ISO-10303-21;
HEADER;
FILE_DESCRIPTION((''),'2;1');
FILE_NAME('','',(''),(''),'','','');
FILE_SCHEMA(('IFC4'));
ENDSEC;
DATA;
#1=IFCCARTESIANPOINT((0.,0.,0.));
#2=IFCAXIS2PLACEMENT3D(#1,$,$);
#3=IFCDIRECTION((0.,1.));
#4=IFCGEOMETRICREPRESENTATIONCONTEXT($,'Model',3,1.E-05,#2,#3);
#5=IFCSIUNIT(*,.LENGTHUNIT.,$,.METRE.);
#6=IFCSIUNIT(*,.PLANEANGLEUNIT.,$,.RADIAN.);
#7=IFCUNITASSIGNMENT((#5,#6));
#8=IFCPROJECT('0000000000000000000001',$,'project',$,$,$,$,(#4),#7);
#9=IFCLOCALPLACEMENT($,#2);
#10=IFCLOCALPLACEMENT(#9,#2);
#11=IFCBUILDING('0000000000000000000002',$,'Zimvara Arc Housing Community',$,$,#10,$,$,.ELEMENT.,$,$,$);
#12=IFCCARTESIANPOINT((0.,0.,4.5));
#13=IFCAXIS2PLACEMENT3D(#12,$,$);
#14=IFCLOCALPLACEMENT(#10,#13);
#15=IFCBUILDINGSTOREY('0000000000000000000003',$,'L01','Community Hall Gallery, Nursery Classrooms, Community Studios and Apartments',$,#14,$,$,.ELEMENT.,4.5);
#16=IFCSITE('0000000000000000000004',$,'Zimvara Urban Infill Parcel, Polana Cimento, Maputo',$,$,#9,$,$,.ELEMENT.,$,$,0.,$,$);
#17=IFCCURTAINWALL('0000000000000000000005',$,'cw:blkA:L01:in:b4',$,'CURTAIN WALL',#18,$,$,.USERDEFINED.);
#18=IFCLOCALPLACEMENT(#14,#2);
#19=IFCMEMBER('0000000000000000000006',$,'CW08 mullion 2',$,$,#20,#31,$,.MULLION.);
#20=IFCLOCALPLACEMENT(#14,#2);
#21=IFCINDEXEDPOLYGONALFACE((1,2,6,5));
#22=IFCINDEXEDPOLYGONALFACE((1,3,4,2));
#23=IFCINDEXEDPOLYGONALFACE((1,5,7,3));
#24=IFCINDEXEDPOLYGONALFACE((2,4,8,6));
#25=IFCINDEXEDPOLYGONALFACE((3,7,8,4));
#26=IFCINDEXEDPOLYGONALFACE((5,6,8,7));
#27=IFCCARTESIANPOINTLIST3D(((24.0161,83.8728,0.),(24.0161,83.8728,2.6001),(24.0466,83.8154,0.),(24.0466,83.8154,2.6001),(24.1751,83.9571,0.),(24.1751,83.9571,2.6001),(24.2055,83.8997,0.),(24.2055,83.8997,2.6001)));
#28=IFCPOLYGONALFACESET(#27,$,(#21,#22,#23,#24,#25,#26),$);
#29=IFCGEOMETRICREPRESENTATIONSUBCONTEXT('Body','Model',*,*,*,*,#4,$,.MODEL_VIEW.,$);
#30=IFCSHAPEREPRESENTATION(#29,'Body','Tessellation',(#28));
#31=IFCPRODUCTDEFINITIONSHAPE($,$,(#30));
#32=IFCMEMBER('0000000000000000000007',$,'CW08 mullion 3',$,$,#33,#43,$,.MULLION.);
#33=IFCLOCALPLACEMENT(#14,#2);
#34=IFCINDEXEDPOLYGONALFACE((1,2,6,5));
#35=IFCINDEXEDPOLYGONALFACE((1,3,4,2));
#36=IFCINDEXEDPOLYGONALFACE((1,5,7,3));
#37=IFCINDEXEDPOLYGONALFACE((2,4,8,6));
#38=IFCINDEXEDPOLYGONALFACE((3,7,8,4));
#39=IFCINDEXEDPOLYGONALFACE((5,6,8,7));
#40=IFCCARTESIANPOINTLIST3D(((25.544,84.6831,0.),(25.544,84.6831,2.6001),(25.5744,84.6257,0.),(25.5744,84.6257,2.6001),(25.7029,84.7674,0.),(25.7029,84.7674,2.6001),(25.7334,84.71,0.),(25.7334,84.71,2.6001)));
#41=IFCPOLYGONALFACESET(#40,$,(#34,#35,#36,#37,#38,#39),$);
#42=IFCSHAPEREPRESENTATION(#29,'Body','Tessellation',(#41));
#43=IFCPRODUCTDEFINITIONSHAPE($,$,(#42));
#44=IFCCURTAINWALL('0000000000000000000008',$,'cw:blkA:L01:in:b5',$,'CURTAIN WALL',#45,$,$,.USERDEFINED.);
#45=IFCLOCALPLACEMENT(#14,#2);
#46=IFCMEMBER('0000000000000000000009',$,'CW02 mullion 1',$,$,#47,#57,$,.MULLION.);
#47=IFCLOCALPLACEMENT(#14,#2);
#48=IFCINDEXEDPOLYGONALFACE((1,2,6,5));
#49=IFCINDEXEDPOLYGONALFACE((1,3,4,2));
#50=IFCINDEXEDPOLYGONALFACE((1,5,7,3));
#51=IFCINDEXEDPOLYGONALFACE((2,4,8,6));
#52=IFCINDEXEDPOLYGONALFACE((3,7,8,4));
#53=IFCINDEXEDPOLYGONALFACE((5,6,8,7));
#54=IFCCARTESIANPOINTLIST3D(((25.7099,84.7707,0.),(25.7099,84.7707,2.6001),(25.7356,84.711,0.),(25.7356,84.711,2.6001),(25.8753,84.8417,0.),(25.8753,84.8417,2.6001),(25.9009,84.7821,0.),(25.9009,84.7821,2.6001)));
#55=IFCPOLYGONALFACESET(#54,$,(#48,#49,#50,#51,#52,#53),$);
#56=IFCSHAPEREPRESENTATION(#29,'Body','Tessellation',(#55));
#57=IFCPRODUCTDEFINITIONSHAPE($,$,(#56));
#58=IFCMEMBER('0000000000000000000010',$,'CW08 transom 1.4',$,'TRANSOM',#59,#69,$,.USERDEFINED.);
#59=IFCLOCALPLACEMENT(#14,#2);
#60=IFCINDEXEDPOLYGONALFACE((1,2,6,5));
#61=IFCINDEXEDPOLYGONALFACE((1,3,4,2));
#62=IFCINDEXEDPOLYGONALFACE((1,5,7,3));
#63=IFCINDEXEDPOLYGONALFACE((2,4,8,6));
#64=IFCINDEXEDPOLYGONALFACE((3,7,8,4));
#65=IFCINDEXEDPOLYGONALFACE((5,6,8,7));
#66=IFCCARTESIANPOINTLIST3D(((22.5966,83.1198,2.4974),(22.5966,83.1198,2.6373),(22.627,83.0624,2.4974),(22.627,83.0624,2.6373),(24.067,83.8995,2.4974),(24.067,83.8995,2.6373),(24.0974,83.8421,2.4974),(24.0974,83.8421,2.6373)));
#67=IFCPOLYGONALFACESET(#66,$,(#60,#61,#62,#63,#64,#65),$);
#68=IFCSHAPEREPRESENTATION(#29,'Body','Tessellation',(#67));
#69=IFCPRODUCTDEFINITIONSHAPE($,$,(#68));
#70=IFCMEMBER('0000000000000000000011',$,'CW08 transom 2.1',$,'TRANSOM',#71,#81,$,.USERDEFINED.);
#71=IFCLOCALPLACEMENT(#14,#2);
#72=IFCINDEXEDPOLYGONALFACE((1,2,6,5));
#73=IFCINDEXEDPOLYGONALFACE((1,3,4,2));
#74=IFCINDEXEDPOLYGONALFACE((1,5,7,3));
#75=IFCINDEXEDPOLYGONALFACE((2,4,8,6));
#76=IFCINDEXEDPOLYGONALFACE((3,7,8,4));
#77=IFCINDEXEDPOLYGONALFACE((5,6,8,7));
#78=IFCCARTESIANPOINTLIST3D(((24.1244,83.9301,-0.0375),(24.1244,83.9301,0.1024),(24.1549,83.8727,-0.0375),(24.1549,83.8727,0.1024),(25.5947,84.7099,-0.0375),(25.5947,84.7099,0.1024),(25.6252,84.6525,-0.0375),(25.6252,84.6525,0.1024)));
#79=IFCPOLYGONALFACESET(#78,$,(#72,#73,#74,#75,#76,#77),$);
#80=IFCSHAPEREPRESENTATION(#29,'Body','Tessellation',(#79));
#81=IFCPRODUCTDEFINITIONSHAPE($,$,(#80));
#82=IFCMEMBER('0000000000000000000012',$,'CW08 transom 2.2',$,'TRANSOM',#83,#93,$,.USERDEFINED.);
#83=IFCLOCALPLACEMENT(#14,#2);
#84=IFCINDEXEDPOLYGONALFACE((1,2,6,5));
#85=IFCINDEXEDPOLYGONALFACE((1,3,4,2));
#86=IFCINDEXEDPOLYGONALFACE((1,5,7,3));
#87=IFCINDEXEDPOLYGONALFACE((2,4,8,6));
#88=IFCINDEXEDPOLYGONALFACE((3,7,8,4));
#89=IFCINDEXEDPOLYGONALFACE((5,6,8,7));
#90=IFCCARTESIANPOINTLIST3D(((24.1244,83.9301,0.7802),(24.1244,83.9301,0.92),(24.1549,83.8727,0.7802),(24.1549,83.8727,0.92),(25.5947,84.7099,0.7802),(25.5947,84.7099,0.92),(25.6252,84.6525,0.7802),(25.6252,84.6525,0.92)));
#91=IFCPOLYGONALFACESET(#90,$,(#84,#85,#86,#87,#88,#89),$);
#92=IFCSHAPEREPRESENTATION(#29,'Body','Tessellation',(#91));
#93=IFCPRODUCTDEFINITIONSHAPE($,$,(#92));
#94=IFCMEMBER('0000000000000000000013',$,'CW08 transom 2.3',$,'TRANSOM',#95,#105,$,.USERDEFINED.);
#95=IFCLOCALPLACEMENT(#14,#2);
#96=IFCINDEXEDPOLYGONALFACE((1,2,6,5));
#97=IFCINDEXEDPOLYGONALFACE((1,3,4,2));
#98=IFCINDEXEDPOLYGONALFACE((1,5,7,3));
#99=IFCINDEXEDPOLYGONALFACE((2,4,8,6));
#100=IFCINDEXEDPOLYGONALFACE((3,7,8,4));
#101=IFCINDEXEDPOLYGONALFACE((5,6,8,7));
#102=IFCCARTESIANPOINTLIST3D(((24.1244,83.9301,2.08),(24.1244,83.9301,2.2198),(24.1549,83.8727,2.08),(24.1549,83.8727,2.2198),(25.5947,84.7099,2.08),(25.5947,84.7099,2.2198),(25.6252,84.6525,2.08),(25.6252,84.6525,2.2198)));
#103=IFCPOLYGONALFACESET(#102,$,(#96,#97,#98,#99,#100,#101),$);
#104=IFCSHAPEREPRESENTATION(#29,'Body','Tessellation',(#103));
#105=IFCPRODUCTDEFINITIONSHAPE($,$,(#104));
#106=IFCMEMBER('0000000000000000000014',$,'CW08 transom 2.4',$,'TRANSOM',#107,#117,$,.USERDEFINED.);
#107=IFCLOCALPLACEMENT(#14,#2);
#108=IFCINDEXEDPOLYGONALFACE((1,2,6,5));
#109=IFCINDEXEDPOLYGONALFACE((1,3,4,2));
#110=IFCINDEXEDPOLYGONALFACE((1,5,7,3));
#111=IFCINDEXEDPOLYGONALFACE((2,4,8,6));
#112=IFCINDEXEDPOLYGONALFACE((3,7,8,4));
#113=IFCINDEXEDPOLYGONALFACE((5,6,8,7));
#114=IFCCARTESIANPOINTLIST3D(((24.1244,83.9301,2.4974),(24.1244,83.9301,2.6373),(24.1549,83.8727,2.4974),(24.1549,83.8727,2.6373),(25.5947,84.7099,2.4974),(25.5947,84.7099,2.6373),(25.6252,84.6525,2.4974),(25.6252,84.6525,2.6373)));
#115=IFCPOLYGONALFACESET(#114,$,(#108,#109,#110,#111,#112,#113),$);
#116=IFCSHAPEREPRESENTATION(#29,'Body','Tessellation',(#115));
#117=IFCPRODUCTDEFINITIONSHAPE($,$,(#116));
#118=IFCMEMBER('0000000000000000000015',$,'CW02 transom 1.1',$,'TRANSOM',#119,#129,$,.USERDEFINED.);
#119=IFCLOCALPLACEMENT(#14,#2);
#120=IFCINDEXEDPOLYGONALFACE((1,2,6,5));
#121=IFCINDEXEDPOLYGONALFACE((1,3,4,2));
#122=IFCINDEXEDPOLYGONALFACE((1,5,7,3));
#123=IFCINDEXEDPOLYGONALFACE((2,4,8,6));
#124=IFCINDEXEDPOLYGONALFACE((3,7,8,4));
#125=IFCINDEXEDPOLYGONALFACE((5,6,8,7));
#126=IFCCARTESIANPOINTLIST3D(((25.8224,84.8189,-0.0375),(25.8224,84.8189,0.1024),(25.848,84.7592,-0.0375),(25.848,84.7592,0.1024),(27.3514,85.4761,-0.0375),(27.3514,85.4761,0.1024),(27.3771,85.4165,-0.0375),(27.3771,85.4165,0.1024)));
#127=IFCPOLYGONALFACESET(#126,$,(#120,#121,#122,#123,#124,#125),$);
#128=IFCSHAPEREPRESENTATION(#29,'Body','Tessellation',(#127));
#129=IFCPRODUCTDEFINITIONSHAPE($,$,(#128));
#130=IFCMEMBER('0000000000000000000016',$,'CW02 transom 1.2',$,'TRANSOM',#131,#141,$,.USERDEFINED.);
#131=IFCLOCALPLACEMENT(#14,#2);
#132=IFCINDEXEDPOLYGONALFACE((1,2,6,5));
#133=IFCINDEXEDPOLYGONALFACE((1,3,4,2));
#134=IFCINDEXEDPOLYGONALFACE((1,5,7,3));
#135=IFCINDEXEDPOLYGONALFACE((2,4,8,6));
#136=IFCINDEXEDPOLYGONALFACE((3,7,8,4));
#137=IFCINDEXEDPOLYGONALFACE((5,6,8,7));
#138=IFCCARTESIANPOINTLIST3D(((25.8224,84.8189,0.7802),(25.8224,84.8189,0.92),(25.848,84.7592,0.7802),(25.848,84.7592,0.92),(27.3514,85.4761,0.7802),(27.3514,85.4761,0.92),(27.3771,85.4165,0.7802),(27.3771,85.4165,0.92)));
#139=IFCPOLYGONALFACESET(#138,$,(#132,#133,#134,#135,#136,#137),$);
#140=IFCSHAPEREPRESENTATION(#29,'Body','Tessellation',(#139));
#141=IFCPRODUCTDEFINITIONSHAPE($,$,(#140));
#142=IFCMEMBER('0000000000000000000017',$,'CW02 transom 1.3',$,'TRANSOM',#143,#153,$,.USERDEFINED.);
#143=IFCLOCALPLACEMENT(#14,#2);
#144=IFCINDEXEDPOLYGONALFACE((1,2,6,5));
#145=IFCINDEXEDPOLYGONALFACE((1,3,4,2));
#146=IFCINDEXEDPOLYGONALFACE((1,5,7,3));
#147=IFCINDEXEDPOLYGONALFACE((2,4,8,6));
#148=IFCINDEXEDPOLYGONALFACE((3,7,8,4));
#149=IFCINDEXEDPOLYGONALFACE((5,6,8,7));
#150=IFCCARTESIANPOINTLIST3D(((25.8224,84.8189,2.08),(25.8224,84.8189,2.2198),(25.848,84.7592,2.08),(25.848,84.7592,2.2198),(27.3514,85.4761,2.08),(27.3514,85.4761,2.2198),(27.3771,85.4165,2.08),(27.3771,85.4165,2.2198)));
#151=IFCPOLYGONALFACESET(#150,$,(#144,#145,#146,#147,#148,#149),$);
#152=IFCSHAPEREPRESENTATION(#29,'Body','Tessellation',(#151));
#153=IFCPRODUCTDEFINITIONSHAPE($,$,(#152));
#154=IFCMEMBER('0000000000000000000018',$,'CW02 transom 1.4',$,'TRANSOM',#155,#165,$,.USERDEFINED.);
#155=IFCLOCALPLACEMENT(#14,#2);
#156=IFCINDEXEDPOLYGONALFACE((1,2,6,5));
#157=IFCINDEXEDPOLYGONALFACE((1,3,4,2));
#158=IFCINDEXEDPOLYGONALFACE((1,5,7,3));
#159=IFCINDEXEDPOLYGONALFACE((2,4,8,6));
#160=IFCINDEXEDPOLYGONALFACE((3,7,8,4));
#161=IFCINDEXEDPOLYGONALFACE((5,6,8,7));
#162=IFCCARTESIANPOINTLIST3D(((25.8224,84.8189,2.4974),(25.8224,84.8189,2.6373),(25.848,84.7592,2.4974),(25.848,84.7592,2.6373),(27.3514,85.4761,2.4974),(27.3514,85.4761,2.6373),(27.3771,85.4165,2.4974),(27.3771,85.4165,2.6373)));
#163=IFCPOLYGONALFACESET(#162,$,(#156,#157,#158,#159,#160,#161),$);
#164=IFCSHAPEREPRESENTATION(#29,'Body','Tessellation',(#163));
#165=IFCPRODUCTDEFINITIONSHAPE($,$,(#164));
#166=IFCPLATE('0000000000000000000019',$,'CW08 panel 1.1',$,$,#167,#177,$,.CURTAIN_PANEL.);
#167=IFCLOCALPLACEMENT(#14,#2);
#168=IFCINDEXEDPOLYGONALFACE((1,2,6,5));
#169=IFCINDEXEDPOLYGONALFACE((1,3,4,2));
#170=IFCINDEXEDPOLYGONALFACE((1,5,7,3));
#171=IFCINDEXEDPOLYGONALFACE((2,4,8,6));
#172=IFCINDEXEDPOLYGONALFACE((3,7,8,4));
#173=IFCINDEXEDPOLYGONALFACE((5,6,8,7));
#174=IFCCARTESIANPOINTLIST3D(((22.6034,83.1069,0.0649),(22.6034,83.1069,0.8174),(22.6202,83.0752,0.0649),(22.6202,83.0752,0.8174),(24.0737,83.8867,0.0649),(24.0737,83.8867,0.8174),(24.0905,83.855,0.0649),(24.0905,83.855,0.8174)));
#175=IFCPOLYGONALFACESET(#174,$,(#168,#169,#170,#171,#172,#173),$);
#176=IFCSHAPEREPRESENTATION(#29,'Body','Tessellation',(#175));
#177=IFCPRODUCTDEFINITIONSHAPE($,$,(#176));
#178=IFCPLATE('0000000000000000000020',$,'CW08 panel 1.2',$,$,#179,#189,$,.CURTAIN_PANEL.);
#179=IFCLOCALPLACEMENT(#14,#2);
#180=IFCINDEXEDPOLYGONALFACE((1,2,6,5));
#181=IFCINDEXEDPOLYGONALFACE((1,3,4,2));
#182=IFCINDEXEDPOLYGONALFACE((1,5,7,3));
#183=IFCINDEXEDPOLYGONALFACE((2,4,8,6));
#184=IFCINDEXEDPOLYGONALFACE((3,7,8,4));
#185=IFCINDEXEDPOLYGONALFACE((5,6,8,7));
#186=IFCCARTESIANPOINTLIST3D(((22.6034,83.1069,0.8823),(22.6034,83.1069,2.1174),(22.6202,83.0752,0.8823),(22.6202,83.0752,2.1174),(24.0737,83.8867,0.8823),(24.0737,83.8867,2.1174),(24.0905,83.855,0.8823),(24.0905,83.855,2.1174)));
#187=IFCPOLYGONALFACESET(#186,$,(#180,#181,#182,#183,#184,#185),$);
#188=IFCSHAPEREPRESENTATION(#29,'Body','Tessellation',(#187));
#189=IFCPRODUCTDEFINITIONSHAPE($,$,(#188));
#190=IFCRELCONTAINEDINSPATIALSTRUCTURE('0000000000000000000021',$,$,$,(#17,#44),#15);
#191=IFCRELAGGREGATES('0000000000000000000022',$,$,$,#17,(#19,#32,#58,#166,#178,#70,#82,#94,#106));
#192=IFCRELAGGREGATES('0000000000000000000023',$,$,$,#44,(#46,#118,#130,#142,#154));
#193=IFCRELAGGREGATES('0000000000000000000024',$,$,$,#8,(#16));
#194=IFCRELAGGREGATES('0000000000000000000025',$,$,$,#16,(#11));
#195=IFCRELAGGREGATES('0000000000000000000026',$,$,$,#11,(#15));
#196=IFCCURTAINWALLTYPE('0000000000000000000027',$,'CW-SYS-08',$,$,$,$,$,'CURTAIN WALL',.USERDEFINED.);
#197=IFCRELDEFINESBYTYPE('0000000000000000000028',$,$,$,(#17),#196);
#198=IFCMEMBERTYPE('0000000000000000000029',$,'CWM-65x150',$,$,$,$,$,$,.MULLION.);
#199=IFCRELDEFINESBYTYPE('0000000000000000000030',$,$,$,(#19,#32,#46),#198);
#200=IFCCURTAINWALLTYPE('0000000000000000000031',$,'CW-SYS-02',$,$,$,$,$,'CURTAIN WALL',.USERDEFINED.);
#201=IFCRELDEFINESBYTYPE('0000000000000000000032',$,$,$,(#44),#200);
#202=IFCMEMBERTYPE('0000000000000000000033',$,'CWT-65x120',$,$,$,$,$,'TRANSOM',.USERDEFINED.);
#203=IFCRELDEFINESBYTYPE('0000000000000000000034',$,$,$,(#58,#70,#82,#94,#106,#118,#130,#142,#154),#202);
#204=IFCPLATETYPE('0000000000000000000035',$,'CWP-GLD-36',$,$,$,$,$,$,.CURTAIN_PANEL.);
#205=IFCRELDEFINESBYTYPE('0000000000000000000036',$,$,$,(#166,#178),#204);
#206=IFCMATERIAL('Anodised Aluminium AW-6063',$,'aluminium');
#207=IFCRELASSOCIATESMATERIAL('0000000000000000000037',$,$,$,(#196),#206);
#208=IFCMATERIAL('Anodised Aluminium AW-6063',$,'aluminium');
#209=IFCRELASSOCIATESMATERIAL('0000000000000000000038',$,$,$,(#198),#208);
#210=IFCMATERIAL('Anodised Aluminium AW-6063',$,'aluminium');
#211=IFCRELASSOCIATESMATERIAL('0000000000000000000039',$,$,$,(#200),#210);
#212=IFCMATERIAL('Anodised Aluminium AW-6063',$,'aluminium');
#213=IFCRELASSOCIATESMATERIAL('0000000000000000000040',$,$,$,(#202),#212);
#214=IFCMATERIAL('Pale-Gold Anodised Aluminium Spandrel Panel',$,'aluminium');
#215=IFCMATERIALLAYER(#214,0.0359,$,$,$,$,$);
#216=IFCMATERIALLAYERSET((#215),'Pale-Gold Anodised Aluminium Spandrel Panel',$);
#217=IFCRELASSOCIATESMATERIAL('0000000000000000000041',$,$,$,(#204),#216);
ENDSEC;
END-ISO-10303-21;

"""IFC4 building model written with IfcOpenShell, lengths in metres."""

from ifc_helpers import new_model, si_unit, direction, frame, origin, origin_2d, place, context, subcontext, project, spatial, rectangle, extrude, material, layer, layer_set, material_profile, profile_set, type_object, element, aggregate, save


model = new_model("IFC4")

# Units and contexts
model_context = context("Model", 3, precision=1e-05, world=origin(), true_north=direction((0.0, 1.0)))
body_context = subcontext(model_context, "Body", "Model", "MODEL_VIEW")
ifc_project = project(units=[si_unit("LENGTHUNIT", "METRE"), si_unit("PLANEANGLEUNIT", "RADIAN")], contexts=[model_context])

# Site, building, storey
site_placement = place(None, origin())
site = spatial("IfcSite", under=ifc_project, at=site_placement, Name="Zimvara Urban Infill Parcel, Polana Cimento, Maputo", CompositionType="ELEMENT", RefElevation=0.0)
building_placement = place(site_placement, origin())
building = spatial("IfcBuilding", under=site, at=building_placement, Name="Zimvara Arc Housing Community", CompositionType="ELEMENT")
storey_placement = place(building_placement, frame((0.0, 0.0, 4.5)))
storey = spatial("IfcBuildingStorey", under=building, at=storey_placement, Name="L01", Description="Community Hall Gallery, Nursery Classrooms, Community Studios and Apartments", CompositionType="ELEMENT", Elevation=4.5)

# Curtain wall, members
ifc_material_1 = material(Name="Anodised Aluminium AW-6063", Category="aluminium")
curtain_wall_type_1 = type_object("IfcCurtainWallType", Name="CW-SYS-08", ElementType="CURTAIN WALL", PredefinedType="USERDEFINED", material=ifc_material_1)
curtain_wall_1_placement = place(storey_placement, origin())
curtain_wall_1 = element("IfcCurtainWall", 1, at=curtain_wall_1_placement, inside=storey, type_object=curtain_wall_type_1, Name="cw:blkA:L01:in:b4", ObjectType="CURTAIN WALL", PredefinedType="USERDEFINED")
ifc_material_2 = material(Name="Anodised Aluminium AW-6063", Category="aluminium")
ifc_material_profile_1 = material_profile(ifc_material_2, rectangle(XDim=0.0649, YDim=0.1799, at=origin_2d()), Name="ALU 65x180")
ifc_profile_set_1 = profile_set([ifc_material_profile_1], Name="Anodised Aluminium AW-6063")
member_type_1 = type_object("IfcMemberType", Name="CWM-65x150", PredefinedType="MULLION", material=ifc_profile_set_1)
member_1_placement = place(storey_placement, frame((24.1108, 83.8862, 0.0), z_axis=(0.0, 0.0, 1.0), x_axis=(-0.468545, 0.88344, 0.0)))
member_1 = element("IfcMember", 2, at=member_1_placement, type_object=member_type_1, Name="CW08 mullion 2", PredefinedType="MULLION", context=body_context, shape_type="SweptSolid", body=[
    extrude(rectangle(XDim=0.0649, YDim=0.1799, at=origin_2d()), origin(), (0.0, 0.0, 1.0), 2.6001),
])
member_2_placement = place(storey_placement, frame((25.6387, 84.6965, 0.0), z_axis=(0.0, 0.0, 1.0), x_axis=(-0.468545, 0.88344, 0.0)))
member_2 = element("IfcMember", 3, at=member_2_placement, type_object=member_type_1, Name="CW08 mullion 3", PredefinedType="MULLION", context=body_context, shape_type="SweptSolid", body=[
    extrude(rectangle(XDim=0.0649, YDim=0.1799, at=origin_2d()), origin(), (0.0, 0.0, 1.0), 2.6001),
])

# Curtain wall, member
ifc_material_3 = material(Name="Anodised Aluminium AW-6063", Category="aluminium")
curtain_wall_type_2 = type_object("IfcCurtainWallType", Name="CW-SYS-02", ElementType="CURTAIN WALL", PredefinedType="USERDEFINED", material=ifc_material_3)
curtain_wall_2_placement = place(storey_placement, origin())
curtain_wall_2 = element("IfcCurtainWall", 4, at=curtain_wall_2_placement, inside=storey, type_object=curtain_wall_type_2, Name="cw:blkA:L01:in:b5", ObjectType="CURTAIN WALL", PredefinedType="USERDEFINED")
member_3_placement = place(storey_placement, frame((25.8054, 84.7764, 0.0), z_axis=(0.0, 0.0, 1.0), x_axis=(-0.394904, 0.918722, 0.0)))
member_3 = element("IfcMember", 5, at=member_3_placement, type_object=member_type_1, Name="CW02 mullion 1", PredefinedType="MULLION", context=body_context, shape_type="SweptSolid", body=[
    extrude(rectangle(XDim=0.0649, YDim=0.1799, at=origin_2d()), origin(), (0.0, 0.0, 1.0), 2.6001),
])

# Members
ifc_material_4 = material(Name="Anodised Aluminium AW-6063", Category="aluminium")
ifc_material_profile_2 = material_profile(ifc_material_4, rectangle(XDim=0.0649, YDim=0.1399, at=origin_2d()), Name="ALU 65x140")
ifc_profile_set_2 = profile_set([ifc_material_profile_2], Name="Anodised Aluminium AW-6063")
member_type_2 = type_object("IfcMemberType", Name="CWT-65x120", ElementType="TRANSOM", PredefinedType="USERDEFINED", material=ifc_profile_set_2)
member_4_placement = place(storey_placement, frame((22.6118, 83.0911, 2.5674), z_axis=(0.883463, 0.468501, 0.0), x_axis=(-0.468501, 0.883463, 0.0)))
member_4 = element("IfcMember", 6, at=member_4_placement, type_object=member_type_2, Name="CW08 transom 1.4", ObjectType="TRANSOM", PredefinedType="USERDEFINED", context=body_context, shape_type="SweptSolid", body=[
    extrude(rectangle(XDim=0.0649, YDim=0.1399, at=origin_2d()), origin(), (0.0, 0.0, 1.0), 1.6643),
])
member_5_placement = place(storey_placement, frame((24.1396, 83.9014, 0.0325), z_axis=(0.883431, 0.468562, 0.0), x_axis=(-0.468562, 0.883431, 0.0)))
member_5 = element("IfcMember", 7, at=member_5_placement, type_object=member_type_2, Name="CW08 transom 2.1", ObjectType="TRANSOM", PredefinedType="USERDEFINED", context=body_context, shape_type="SweptSolid", body=[
    extrude(rectangle(XDim=0.0649, YDim=0.1399, at=origin_2d()), origin(), (0.0, 0.0, 1.0), 1.6643),
])
member_6_placement = place(storey_placement, frame((24.1396, 83.9014, 0.8501), z_axis=(0.883431, 0.468562, 0.0), x_axis=(-0.468562, 0.883431, 0.0)))
member_6 = element("IfcMember", 8, at=member_6_placement, type_object=member_type_2, Name="CW08 transom 2.2", ObjectType="TRANSOM", PredefinedType="USERDEFINED", context=body_context, shape_type="SweptSolid", body=[
    extrude(rectangle(XDim=0.0649, YDim=0.1399, at=origin_2d()), origin(), (0.0, 0.0, 1.0), 1.6643),
])
member_7_placement = place(storey_placement, frame((24.1396, 83.9014, 2.1499), z_axis=(0.883431, 0.468562, 0.0), x_axis=(-0.468562, 0.883431, 0.0)))
member_7 = element("IfcMember", 9, at=member_7_placement, type_object=member_type_2, Name="CW08 transom 2.3", ObjectType="TRANSOM", PredefinedType="USERDEFINED", context=body_context, shape_type="SweptSolid", body=[
    extrude(rectangle(XDim=0.0649, YDim=0.1399, at=origin_2d()), origin(), (0.0, 0.0, 1.0), 1.6643),
])
member_8_placement = place(storey_placement, frame((24.1396, 83.9014, 2.5674), z_axis=(0.883431, 0.468562, 0.0), x_axis=(-0.468562, 0.883431, 0.0)))
member_8 = element("IfcMember", 10, at=member_8_placement, type_object=member_type_2, Name="CW08 transom 2.4", ObjectType="TRANSOM", PredefinedType="USERDEFINED", context=body_context, shape_type="SweptSolid", body=[
    extrude(rectangle(XDim=0.0649, YDim=0.1399, at=origin_2d()), origin(), (0.0, 0.0, 1.0), 1.6643),
])
member_9_placement = place(storey_placement, frame((25.8352, 84.7891, 0.0325), z_axis=(0.918727, 0.394893, 0.0), x_axis=(-0.394893, 0.918727, 0.0)))
member_9 = element("IfcMember", 11, at=member_9_placement, type_object=member_type_2, Name="CW02 transom 1.1", ObjectType="TRANSOM", PredefinedType="USERDEFINED", context=body_context, shape_type="SweptSolid", body=[
    extrude(rectangle(XDim=0.0649, YDim=0.1399, at=origin_2d()), origin(), (0.0, 0.0, 1.0), 1.6643),
])
member_10_placement = place(storey_placement, frame((25.8352, 84.7891, 0.8501), z_axis=(0.918727, 0.394893, 0.0), x_axis=(-0.394893, 0.918727, 0.0)))
member_10 = element("IfcMember", 12, at=member_10_placement, type_object=member_type_2, Name="CW02 transom 1.2", ObjectType="TRANSOM", PredefinedType="USERDEFINED", context=body_context, shape_type="SweptSolid", body=[
    extrude(rectangle(XDim=0.0649, YDim=0.1399, at=origin_2d()), origin(), (0.0, 0.0, 1.0), 1.6643),
])
member_11_placement = place(storey_placement, frame((25.8352, 84.7891, 2.1499), z_axis=(0.918727, 0.394893, 0.0), x_axis=(-0.394893, 0.918727, 0.0)))
member_11 = element("IfcMember", 13, at=member_11_placement, type_object=member_type_2, Name="CW02 transom 1.3", ObjectType="TRANSOM", PredefinedType="USERDEFINED", context=body_context, shape_type="SweptSolid", body=[
    extrude(rectangle(XDim=0.0649, YDim=0.1399, at=origin_2d()), origin(), (0.0, 0.0, 1.0), 1.6643),
])
member_12_placement = place(storey_placement, frame((25.8352, 84.7891, 2.5674), z_axis=(0.918727, 0.394893, 0.0), x_axis=(-0.394893, 0.918727, 0.0)))
member_12 = element("IfcMember", 14, at=member_12_placement, type_object=member_type_2, Name="CW02 transom 1.4", ObjectType="TRANSOM", PredefinedType="USERDEFINED", context=body_context, shape_type="SweptSolid", body=[
    extrude(rectangle(XDim=0.0649, YDim=0.1399, at=origin_2d()), origin(), (0.0, 0.0, 1.0), 1.6643),
])

# Plates
ifc_material_5 = material(Name="Pale-Gold Anodised Aluminium Spandrel Panel", Category="aluminium")
ifc_layer_1 = layer(ifc_material_5, 0.0359)
ifc_layer_set_1 = layer_set([ifc_layer_1], Name="Pale-Gold Anodised Aluminium Spandrel Panel")
plate_type_1 = type_object("IfcPlateType", Name="CWP-GLD-36", PredefinedType="CURTAIN_PANEL", material=ifc_layer_set_1)
plate_1_placement = place(storey_placement, frame((23.3469, 83.481, 0.0649), z_axis=(0.0, 0.0, 1.0), x_axis=(0.88344, 0.468545, 0.0)))
plate_1 = element("IfcPlate", 15, at=plate_1_placement, type_object=plate_type_1, Name="CW08 panel 1.1", PredefinedType="CURTAIN_PANEL", context=body_context, shape_type="SweptSolid", body=[
    extrude(rectangle(XDim=1.6643, YDim=0.0359, at=origin_2d()), origin(), (0.0, 0.0, 1.0), 0.7524),
])
plate_2_placement = place(storey_placement, frame((23.3469, 83.481, 0.8823), z_axis=(0.0, 0.0, 1.0), x_axis=(0.88344, 0.468545, 0.0)))
plate_2 = element("IfcPlate", 16, at=plate_2_placement, type_object=plate_type_1, Name="CW08 panel 1.2", PredefinedType="CURTAIN_PANEL", context=body_context, shape_type="SweptSolid", body=[
    extrude(rectangle(XDim=1.6643, YDim=0.0359, at=origin_2d()), origin(), (0.0, 0.0, 1.0), 1.2351),
])
aggregate(curtain_wall_1, [member_1, member_2, member_4, plate_1, plate_2, member_5, member_6, member_7, member_8])
aggregate(curtain_wall_2, [member_3, member_9, member_10, member_11, member_12])

save(model, "model.ifc")
